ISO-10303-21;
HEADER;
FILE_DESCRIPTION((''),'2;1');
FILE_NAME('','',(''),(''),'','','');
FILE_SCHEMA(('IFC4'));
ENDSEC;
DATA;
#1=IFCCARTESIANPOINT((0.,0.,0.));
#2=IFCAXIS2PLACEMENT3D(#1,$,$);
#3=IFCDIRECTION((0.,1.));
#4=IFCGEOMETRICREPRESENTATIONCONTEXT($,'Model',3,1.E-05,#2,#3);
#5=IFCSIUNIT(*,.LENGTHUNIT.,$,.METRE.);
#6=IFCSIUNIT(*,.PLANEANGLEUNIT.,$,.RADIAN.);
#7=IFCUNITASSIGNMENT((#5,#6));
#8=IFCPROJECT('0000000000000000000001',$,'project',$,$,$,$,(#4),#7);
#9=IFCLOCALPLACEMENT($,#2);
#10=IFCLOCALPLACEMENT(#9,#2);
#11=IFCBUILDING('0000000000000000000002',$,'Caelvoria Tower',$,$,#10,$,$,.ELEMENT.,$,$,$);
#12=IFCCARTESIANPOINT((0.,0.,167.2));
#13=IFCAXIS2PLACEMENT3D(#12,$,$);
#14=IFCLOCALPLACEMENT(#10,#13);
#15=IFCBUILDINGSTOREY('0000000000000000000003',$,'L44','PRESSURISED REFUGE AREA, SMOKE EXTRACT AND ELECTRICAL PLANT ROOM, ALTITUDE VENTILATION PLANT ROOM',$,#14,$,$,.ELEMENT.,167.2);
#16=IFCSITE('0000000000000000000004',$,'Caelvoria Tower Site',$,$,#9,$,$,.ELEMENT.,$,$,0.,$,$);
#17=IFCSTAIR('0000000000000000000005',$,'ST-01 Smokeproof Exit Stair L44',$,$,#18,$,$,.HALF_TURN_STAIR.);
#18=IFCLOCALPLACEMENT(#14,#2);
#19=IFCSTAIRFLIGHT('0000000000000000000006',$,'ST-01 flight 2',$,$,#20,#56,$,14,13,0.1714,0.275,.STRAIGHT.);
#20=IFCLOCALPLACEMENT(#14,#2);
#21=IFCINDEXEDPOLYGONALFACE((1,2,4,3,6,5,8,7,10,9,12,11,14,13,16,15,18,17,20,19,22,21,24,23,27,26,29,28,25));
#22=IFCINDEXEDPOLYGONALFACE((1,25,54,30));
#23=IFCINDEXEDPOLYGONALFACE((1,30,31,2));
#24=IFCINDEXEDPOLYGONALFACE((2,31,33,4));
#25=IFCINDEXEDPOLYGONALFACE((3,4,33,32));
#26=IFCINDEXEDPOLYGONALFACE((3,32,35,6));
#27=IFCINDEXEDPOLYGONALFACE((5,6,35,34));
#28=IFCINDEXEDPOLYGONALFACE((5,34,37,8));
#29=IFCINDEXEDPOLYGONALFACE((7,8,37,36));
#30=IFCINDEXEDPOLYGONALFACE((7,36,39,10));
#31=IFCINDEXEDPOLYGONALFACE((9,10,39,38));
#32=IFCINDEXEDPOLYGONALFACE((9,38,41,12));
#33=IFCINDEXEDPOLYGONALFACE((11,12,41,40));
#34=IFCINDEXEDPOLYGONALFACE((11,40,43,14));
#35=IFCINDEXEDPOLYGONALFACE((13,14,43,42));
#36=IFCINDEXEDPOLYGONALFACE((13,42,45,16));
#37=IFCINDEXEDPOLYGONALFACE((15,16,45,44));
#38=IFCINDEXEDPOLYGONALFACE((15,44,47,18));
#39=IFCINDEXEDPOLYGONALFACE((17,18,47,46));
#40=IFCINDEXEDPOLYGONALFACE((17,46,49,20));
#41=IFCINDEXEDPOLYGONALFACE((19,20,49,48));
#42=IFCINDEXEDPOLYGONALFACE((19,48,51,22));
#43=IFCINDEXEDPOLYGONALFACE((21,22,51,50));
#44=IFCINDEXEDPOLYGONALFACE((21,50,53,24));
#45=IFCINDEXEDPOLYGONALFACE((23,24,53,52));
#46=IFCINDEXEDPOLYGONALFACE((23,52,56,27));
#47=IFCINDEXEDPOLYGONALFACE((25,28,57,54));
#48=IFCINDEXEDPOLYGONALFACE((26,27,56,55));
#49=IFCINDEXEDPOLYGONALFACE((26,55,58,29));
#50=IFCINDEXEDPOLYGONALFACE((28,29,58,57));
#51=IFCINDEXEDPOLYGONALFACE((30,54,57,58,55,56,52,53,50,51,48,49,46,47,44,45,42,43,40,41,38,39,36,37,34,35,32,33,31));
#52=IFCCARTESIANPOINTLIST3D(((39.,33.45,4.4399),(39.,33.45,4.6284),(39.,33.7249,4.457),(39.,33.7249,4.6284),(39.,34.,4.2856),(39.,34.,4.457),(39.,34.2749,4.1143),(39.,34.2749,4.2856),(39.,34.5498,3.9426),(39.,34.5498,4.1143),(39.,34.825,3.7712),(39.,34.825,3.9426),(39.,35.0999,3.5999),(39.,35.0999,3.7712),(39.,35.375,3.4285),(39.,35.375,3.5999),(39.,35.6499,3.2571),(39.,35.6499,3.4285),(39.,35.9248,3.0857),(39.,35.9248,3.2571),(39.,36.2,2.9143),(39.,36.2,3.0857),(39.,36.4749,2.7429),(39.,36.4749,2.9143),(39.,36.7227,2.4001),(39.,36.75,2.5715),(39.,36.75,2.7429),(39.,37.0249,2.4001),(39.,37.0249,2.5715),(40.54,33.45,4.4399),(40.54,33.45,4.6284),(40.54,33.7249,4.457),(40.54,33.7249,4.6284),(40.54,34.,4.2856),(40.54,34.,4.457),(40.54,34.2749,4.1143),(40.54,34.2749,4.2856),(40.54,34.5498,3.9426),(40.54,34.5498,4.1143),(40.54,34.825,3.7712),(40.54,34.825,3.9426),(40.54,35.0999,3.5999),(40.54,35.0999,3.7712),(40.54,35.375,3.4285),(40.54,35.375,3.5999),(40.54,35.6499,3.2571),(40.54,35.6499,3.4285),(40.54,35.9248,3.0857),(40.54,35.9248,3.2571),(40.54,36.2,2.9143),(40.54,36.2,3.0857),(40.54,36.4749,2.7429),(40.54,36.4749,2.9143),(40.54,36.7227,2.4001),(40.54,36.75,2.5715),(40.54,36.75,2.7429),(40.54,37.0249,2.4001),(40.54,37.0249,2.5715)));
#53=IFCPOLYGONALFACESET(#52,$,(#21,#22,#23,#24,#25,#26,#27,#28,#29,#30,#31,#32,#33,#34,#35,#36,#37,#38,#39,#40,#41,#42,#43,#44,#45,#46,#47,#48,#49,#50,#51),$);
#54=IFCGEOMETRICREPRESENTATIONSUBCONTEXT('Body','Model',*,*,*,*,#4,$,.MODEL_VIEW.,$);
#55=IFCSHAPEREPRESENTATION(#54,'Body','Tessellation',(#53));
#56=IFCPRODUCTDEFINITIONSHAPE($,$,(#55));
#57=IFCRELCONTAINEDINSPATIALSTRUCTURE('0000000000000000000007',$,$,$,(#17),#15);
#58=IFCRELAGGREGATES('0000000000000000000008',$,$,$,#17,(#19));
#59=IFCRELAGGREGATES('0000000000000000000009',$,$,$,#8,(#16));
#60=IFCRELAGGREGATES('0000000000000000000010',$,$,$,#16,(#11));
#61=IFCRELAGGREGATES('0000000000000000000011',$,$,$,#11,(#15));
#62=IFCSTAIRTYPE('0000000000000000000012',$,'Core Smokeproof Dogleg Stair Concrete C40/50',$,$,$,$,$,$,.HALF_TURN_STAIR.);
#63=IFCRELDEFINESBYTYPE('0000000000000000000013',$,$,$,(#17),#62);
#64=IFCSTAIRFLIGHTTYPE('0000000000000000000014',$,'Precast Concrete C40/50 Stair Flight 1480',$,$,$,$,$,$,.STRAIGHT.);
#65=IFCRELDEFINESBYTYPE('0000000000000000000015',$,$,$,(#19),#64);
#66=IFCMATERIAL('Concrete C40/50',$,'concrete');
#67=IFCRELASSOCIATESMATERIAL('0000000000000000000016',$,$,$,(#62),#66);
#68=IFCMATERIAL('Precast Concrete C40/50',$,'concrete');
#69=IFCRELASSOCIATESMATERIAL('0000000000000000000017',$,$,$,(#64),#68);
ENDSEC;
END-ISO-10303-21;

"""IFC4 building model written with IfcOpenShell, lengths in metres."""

from ifc_helpers import new_model, si_unit, direction, frame, origin, place, context, subcontext, project, spatial, polyline, outline, extrude, material, type_object, element, aggregate, save


model = new_model("IFC4")

# Units and contexts
model_context = context("Model", 3, precision=1e-05, world=origin(), true_north=direction((0.0, 1.0)))
body_context = subcontext(model_context, "Body", "Model", "MODEL_VIEW")
ifc_project = project(units=[si_unit("LENGTHUNIT", "METRE"), si_unit("PLANEANGLEUNIT", "RADIAN")], contexts=[model_context])

# Site, building, storey
site_placement = place(None, origin())
site = spatial("IfcSite", under=ifc_project, at=site_placement, Name="Caelvoria Tower Site", CompositionType="ELEMENT", RefElevation=0.0)
building_placement = place(site_placement, origin())
building = spatial("IfcBuilding", under=site, at=building_placement, Name="Caelvoria Tower", CompositionType="ELEMENT")
storey_placement = place(building_placement, frame((0.0, 0.0, 167.2)))
storey = spatial("IfcBuildingStorey", under=building, at=storey_placement, Name="L44", Description="PRESSURISED REFUGE AREA, SMOKE EXTRACT AND ELECTRICAL PLANT ROOM, ALTITUDE VENTILATION PLANT ROOM", CompositionType="ELEMENT", Elevation=167.2)

# Stair, stair flight
ifc_material_1 = material(Name="Concrete C40/50", Category="concrete")
stair_type = type_object("IfcStairType", Name="Core Smokeproof Dogleg Stair Concrete C40/50", PredefinedType="HALF_TURN_STAIR", material=ifc_material_1)
stair_placement = place(storey_placement, origin())
stair = element("IfcStair", 1, at=stair_placement, inside=storey, type_object=stair_type, Name="ST-01 Smokeproof Exit Stair L44", PredefinedType="HALF_TURN_STAIR")
ifc_material_2 = material(Name="Precast Concrete C40/50", Category="concrete")
stair_flight_type = type_object("IfcStairFlightType", Name="Precast Concrete C40/50 Stair Flight 1480", PredefinedType="STRAIGHT", material=ifc_material_2)
stair_flight_1_placement = place(storey_placement, frame((39.77, 37.0249, 2.4001), z_axis=(0.0, 0.0, 1.0), x_axis=(0.0, -1.0, 0.0)))
stair_flight_1 = element("IfcStairFlight", 2, at=stair_flight_1_placement, type_object=stair_flight_type, Name="ST-01 flight 2", NumberOfRisers=14, NumberOfTreads=13, PredefinedType="STRAIGHT", RiserHeight=0.1714, TreadLength=0.275, context=body_context, shape_type="SweptSolid", body=[
    extrude(outline(polyline([(0.0, 0.0), (0.0, 0.1714), (0.2749, 0.1714), (0.2749, 0.3428), (0.55, 0.3428), (0.55, 0.5142), (0.825, 0.5142), (0.825, 0.6855), (1.1001, 0.6855), (1.1001, 0.8569), (1.375, 0.8569), (1.375, 1.0283), (1.6499, 1.0283), (1.6499, 1.1997), (1.925, 1.1997), (1.925, 1.3711), (2.2, 1.3711), (2.2, 1.5425), (2.4751, 1.5425), (2.4751, 1.7141), (2.75, 1.7141), (2.75, 1.8855), (3.0249, 1.8855), (3.0249, 2.0569), (3.3, 2.0569), (3.3, 2.2283), (3.575, 2.2283), (3.575, 2.3997), (3.575, 2.0398), (0.3022, 0.0), (0.0, 0.0)])), frame((0.0, 0.77, 0.0), z_axis=(0.0, -1.0, 0.0), x_axis=(1.0, 0.0, 0.0)), (0.0, 0.0, 1.0), 1.54),
])
aggregate(stair, [stair_flight_1])

save(model, "model.ifc")
